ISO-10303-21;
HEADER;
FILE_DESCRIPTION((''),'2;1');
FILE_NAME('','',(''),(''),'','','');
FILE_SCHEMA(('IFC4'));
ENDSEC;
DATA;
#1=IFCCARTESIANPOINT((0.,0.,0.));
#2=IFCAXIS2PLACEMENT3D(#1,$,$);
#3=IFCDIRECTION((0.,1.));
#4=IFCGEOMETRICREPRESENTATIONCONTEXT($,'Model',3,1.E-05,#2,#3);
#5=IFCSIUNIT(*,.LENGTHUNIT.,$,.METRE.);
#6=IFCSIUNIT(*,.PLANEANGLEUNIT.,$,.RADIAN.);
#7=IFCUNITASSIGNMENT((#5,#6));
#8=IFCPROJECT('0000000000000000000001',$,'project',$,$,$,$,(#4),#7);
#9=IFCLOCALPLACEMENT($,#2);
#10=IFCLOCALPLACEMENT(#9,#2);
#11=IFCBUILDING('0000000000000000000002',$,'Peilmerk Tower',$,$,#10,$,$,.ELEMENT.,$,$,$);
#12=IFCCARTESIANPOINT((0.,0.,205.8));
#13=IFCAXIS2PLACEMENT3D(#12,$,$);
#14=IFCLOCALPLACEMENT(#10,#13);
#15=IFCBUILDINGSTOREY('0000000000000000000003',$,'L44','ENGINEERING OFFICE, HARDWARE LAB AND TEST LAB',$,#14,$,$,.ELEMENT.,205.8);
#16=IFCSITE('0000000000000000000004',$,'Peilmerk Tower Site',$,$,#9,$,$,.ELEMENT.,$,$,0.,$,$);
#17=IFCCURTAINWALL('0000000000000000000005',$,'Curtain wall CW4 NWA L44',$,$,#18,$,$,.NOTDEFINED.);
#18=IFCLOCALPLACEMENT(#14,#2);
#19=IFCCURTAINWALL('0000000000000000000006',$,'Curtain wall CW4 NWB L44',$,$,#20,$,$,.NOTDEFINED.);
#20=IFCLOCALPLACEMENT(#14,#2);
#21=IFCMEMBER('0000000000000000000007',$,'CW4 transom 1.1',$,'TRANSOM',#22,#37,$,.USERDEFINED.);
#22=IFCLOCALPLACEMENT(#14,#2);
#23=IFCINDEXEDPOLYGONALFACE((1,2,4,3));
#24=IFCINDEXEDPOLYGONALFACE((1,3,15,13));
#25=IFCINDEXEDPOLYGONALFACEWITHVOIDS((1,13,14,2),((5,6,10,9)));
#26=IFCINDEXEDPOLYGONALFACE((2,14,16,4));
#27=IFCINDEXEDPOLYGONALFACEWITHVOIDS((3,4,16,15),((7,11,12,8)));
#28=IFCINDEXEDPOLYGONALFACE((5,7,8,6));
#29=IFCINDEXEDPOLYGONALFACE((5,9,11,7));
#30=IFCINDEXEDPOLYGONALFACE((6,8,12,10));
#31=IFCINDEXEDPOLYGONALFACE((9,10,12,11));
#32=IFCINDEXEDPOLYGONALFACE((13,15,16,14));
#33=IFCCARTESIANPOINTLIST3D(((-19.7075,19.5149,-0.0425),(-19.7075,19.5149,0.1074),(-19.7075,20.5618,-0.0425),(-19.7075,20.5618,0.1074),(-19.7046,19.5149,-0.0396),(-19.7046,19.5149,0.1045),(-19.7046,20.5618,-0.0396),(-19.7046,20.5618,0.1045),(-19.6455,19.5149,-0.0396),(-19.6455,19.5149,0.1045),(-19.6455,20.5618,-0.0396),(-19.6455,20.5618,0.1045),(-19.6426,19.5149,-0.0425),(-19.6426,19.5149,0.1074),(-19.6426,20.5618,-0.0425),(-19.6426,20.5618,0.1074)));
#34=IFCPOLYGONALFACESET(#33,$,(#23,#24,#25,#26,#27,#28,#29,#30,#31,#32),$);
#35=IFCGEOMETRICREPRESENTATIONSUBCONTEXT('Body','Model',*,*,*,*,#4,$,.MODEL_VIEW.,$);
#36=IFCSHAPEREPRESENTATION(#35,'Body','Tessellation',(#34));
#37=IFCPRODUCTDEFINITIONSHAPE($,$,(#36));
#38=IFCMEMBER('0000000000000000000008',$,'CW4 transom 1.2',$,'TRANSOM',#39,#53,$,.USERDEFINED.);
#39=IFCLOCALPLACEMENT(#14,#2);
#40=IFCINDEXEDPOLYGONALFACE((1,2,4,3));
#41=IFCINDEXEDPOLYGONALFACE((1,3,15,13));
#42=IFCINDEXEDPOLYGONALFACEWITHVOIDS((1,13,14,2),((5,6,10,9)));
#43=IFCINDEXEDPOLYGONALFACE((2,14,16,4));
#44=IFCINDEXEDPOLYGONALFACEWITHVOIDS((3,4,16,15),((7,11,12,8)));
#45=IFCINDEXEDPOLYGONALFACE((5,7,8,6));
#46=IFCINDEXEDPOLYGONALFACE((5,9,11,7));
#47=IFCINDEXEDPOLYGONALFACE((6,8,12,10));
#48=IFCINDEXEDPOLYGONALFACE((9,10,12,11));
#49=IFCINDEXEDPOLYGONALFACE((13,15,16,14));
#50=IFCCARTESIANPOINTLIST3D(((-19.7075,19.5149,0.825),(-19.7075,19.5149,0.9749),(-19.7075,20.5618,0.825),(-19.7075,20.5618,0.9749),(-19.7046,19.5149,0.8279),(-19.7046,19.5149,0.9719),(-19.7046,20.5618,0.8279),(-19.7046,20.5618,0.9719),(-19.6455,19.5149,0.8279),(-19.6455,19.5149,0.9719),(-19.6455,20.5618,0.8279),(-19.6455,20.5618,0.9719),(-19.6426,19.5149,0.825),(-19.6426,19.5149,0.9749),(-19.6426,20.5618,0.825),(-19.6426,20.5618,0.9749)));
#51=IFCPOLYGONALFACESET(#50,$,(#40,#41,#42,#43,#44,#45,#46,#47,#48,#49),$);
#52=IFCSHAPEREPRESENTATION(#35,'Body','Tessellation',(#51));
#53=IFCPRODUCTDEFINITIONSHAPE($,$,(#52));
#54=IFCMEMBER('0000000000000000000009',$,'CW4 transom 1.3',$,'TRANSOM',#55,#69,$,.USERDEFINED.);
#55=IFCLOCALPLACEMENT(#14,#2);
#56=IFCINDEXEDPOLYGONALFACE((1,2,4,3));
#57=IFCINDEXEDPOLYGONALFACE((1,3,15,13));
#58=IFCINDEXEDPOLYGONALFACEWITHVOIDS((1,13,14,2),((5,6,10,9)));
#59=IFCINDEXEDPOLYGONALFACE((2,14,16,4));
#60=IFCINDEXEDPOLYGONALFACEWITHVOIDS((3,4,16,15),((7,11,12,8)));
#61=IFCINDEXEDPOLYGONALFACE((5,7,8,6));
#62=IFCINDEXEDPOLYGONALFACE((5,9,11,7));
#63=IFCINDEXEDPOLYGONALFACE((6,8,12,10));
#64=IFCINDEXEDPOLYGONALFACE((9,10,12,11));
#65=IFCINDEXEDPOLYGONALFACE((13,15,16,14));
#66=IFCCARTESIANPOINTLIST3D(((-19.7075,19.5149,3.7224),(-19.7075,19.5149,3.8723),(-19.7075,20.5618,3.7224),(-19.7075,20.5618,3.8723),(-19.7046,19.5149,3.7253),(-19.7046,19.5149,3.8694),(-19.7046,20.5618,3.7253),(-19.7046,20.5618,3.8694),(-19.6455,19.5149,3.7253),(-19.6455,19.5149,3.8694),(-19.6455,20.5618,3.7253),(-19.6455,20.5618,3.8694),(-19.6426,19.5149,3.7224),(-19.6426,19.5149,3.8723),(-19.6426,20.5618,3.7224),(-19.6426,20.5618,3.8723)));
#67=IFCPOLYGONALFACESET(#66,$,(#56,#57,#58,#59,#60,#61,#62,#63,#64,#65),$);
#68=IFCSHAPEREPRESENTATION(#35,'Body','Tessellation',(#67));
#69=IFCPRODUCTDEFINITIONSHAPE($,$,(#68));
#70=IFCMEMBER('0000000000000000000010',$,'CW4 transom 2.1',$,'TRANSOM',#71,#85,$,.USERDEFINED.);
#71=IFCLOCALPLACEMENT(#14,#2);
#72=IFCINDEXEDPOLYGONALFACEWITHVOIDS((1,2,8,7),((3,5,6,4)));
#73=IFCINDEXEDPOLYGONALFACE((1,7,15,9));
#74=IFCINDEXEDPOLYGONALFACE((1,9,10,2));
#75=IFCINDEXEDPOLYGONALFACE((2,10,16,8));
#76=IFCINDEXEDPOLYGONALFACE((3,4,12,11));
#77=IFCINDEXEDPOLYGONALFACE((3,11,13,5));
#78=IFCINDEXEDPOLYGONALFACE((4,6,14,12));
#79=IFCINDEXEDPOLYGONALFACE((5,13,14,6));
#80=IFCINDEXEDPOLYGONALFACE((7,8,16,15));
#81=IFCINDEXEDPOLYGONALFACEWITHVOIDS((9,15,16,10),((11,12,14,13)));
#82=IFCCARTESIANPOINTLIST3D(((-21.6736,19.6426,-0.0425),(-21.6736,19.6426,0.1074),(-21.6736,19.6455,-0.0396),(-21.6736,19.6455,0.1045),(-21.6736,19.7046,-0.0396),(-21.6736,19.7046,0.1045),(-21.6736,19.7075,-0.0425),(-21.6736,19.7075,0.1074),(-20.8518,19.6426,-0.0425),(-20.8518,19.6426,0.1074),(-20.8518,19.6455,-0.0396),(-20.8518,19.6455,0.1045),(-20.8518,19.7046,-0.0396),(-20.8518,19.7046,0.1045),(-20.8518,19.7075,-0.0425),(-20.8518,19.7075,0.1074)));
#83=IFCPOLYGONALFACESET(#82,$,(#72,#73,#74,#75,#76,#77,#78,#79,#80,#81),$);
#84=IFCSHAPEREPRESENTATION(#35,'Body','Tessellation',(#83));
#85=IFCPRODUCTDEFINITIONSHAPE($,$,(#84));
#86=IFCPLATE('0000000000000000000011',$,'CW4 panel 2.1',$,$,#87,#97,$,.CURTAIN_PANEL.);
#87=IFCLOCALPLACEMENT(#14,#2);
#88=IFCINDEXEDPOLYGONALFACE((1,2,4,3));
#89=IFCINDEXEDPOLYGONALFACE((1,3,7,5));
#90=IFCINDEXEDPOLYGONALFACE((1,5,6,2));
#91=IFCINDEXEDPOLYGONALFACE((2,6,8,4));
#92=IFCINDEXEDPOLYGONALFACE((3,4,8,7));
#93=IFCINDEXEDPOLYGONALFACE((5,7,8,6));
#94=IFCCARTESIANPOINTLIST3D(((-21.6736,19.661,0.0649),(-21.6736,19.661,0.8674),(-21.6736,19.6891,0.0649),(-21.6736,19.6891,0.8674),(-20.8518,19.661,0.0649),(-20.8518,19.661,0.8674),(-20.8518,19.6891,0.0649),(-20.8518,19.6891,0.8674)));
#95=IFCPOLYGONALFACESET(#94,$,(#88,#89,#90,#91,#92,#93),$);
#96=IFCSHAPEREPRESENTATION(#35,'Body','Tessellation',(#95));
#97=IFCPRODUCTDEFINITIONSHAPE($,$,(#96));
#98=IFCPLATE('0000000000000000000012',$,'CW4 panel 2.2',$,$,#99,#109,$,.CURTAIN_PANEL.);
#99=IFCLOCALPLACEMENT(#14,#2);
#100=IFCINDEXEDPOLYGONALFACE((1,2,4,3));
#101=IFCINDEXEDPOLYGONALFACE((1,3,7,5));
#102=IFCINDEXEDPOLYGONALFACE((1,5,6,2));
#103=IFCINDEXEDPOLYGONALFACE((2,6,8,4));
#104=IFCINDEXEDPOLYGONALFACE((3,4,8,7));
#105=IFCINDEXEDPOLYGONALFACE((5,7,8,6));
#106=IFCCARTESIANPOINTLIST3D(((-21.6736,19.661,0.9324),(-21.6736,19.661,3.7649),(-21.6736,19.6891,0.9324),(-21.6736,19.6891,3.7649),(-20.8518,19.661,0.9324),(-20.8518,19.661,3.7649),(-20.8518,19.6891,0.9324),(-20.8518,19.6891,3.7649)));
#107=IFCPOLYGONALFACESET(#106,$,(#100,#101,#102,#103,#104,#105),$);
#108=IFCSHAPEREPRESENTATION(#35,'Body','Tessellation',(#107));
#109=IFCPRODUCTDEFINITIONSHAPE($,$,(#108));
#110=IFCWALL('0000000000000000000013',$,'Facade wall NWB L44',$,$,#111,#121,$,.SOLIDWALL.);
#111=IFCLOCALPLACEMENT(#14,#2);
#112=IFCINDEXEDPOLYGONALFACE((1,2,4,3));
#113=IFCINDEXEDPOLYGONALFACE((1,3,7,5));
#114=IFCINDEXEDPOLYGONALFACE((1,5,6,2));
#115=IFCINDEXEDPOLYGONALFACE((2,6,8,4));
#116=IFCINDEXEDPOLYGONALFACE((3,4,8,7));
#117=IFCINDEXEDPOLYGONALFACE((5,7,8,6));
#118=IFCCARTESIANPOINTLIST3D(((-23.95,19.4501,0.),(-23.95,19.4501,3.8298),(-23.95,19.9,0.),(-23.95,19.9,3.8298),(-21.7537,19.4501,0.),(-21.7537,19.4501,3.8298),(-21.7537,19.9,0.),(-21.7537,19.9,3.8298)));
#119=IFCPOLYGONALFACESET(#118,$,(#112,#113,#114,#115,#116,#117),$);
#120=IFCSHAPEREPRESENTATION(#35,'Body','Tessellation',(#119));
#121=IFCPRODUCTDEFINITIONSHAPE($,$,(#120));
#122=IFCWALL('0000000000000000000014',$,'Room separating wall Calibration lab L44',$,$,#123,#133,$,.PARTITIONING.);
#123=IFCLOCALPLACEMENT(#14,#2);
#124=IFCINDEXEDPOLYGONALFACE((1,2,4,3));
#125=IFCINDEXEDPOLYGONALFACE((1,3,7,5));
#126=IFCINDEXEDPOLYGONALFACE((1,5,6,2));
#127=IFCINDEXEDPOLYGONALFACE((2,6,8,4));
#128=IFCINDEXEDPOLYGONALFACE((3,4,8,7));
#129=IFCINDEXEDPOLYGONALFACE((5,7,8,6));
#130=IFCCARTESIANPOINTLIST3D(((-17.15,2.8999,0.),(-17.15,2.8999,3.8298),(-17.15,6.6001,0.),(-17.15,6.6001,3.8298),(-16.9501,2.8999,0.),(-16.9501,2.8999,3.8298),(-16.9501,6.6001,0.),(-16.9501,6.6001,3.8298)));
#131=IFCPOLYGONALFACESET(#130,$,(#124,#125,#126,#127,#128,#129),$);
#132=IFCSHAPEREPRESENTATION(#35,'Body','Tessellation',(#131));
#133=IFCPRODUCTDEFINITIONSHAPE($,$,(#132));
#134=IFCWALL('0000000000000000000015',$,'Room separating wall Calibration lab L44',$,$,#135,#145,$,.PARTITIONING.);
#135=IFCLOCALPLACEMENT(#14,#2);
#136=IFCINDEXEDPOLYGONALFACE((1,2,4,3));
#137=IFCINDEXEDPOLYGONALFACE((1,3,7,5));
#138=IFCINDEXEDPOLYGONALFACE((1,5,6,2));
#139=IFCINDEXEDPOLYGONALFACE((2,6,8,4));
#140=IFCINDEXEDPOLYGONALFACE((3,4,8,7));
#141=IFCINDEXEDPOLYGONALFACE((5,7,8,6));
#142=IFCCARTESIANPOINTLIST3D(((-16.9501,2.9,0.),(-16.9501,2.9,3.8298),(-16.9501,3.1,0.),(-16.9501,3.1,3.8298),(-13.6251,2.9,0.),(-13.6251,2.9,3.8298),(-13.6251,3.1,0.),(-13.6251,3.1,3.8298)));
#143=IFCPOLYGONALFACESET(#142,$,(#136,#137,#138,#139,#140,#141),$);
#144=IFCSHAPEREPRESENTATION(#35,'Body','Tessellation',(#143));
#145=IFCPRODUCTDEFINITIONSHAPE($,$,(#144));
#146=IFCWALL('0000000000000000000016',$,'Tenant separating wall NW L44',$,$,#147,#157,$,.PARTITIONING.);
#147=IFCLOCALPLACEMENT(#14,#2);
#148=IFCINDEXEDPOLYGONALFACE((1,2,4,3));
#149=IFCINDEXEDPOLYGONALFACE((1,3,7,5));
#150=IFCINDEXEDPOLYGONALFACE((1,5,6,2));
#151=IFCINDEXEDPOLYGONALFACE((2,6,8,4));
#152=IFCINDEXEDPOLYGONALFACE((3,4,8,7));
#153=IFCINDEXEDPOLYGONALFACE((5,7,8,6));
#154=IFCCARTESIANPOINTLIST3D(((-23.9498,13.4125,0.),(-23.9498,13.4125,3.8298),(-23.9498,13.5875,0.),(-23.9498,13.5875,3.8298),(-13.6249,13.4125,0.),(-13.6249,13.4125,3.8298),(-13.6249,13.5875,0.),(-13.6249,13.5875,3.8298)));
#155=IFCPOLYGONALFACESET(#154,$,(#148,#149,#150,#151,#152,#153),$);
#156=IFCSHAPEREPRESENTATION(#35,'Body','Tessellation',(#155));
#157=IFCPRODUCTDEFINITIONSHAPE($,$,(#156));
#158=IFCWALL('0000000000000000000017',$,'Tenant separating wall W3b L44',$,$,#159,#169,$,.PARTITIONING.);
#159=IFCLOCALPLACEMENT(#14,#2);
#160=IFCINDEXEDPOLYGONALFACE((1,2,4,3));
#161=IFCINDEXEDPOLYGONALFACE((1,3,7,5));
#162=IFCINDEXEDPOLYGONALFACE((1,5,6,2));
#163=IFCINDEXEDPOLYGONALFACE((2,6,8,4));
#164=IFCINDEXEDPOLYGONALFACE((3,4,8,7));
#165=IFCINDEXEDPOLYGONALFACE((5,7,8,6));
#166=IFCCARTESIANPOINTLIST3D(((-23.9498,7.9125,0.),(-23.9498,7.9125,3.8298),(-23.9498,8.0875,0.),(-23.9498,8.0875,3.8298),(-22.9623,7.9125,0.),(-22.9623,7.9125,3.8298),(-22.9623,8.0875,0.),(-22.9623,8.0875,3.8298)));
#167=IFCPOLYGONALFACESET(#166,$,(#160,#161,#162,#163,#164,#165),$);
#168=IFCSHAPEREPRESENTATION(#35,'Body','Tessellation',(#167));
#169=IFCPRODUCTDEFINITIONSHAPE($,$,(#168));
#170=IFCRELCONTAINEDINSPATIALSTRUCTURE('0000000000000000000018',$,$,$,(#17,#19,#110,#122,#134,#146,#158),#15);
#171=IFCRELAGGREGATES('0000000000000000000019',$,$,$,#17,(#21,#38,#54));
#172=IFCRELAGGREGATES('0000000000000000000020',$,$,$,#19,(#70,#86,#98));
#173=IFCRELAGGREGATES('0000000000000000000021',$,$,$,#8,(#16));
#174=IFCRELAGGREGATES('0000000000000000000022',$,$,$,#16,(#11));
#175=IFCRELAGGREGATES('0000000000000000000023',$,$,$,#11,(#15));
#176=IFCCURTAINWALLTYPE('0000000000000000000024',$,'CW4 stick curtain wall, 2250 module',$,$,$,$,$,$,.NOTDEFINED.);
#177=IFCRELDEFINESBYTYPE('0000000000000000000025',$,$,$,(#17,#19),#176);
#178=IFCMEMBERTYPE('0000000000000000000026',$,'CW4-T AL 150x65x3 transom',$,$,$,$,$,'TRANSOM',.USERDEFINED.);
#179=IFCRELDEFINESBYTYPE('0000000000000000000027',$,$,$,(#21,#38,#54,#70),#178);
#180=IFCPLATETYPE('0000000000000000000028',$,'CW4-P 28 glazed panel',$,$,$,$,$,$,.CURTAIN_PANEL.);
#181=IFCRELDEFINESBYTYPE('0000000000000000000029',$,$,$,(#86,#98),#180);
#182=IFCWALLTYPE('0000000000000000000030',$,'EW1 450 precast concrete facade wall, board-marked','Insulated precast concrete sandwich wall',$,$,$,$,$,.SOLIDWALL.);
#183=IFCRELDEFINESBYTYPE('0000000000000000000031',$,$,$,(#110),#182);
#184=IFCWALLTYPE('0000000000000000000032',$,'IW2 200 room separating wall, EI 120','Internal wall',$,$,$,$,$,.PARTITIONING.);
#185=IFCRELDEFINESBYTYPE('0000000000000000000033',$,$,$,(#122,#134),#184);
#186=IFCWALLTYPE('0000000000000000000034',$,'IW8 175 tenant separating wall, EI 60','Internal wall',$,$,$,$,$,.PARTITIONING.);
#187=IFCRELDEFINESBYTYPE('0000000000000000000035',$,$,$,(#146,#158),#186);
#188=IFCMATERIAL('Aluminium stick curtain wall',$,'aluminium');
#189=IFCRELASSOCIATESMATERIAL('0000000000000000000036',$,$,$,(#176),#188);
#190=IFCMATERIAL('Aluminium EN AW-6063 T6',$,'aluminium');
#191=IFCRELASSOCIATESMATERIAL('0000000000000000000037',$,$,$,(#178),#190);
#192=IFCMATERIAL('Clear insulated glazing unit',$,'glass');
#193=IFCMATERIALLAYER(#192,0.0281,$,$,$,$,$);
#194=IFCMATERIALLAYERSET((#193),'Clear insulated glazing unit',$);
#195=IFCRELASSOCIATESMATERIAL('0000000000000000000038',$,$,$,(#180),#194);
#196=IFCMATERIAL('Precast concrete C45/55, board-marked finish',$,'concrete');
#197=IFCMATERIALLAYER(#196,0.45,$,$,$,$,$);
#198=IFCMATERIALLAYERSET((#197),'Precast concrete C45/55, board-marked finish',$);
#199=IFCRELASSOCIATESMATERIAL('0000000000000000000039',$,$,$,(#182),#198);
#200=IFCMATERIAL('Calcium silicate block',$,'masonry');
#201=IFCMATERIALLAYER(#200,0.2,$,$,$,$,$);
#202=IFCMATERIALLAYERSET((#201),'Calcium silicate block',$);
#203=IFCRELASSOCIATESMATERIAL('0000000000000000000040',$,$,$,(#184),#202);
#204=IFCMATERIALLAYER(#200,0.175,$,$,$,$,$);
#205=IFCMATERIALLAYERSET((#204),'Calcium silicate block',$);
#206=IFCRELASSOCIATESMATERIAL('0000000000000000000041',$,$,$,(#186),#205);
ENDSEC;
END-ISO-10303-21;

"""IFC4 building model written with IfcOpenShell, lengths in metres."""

from ifc_helpers import new_model, si_unit, direction, frame, frame_2d, origin, origin_2d, place, context, subcontext, project, spatial, rectangle, hollow_rectangle, extrude, material, layer, layer_set, material_profile, profile_set, type_object, element, aggregate, save


model = new_model("IFC4")

# Units and contexts
model_context = context("Model", 3, precision=1e-05, world=origin(), true_north=direction((0.0, 1.0)))
body_context = subcontext(model_context, "Body", "Model", "MODEL_VIEW")
ifc_project = project(units=[si_unit("LENGTHUNIT", "METRE"), si_unit("PLANEANGLEUNIT", "RADIAN")], contexts=[model_context])

# Site, building, storey
site_placement = place(None, origin())
site = spatial("IfcSite", under=ifc_project, at=site_placement, Name="Peilmerk Tower Site", CompositionType="ELEMENT", RefElevation=0.0)
building_placement = place(site_placement, origin())
building = spatial("IfcBuilding", under=site, at=building_placement, Name="Peilmerk Tower", CompositionType="ELEMENT")
storey_placement = place(building_placement, frame((0.0, 0.0, 205.8)))
storey = spatial("IfcBuildingStorey", under=building, at=storey_placement, Name="L44", Description="ENGINEERING OFFICE, HARDWARE LAB AND TEST LAB", CompositionType="ELEMENT", Elevation=205.8)

# Curtain walls
ifc_material_1 = material(Name="Aluminium stick curtain wall", Category="aluminium")
curtain_wall_type = type_object("IfcCurtainWallType", Name="CW4 stick curtain wall, 2250 module", PredefinedType="NOTDEFINED", material=ifc_material_1)
curtain_wall_1_placement = place(storey_placement, origin())
curtain_wall_1 = element("IfcCurtainWall", 1, at=curtain_wall_1_placement, inside=storey, type_object=curtain_wall_type, Name="Curtain wall CW4 NWA L44", PredefinedType="NOTDEFINED")
ifc_material_2 = material(Name="Aluminium EN AW-6063 T6", Category="aluminium")
curtain_wall_2_placement = place(storey_placement, origin())
curtain_wall_2 = element("IfcCurtainWall", 2, at=curtain_wall_2_placement, inside=storey, type_object=curtain_wall_type, Name="Curtain wall CW4 NWB L44", PredefinedType="NOTDEFINED")

# Members
ifc_material_profile_1 = material_profile(ifc_material_2, hollow_rectangle(XDim=0.0649, YDim=0.1499, WallThickness=0.0029, at=origin_2d()), Name="AL 150x65x3")
ifc_profile_set_1 = profile_set([ifc_material_profile_1], Name="Aluminium EN AW-6063 T6")
member_type_1 = type_object("IfcMemberType", Name="CW4-T AL 150x65x3 transom", ElementType="TRANSOM", PredefinedType="USERDEFINED", material=ifc_profile_set_1)
member_1_placement = place(storey_placement, frame((-19.675, 19.5149, 0.0325), z_axis=(0.0, 1.0, 0.0), x_axis=(-1.0, 0.0, 0.0)))
member_1 = element("IfcMember", 3, at=member_1_placement, type_object=member_type_1, Name="CW4 transom 1.1", ObjectType="TRANSOM", PredefinedType="USERDEFINED", context=body_context, shape_type="SweptSolid", body=[
    extrude(hollow_rectangle(XDim=0.0649, YDim=0.1499, WallThickness=0.0029, at=origin_2d()), origin(), (0.0, 0.0, 1.0), 1.0469),
])
member_2_placement = place(storey_placement, frame((-19.675, 19.5149, 0.8999), z_axis=(0.0, 1.0, 0.0), x_axis=(-1.0, 0.0, 0.0)))
member_2 = element("IfcMember", 4, at=member_2_placement, type_object=member_type_1, Name="CW4 transom 1.2", ObjectType="TRANSOM", PredefinedType="USERDEFINED", context=body_context, shape_type="SweptSolid", body=[
    extrude(hollow_rectangle(XDim=0.0649, YDim=0.1499, WallThickness=0.0029, at=origin_2d()), origin(), (0.0, 0.0, 1.0), 1.0469),
])
member_3_placement = place(storey_placement, frame((-19.675, 19.5149, 3.7974), z_axis=(0.0, 1.0, 0.0), x_axis=(-1.0, 0.0, 0.0)))
member_3 = element("IfcMember", 5, at=member_3_placement, type_object=member_type_1, Name="CW4 transom 1.3", ObjectType="TRANSOM", PredefinedType="USERDEFINED", context=body_context, shape_type="SweptSolid", body=[
    extrude(hollow_rectangle(XDim=0.0649, YDim=0.1499, WallThickness=0.0029, at=origin_2d()), origin(), (0.0, 0.0, 1.0), 1.0469),
])
aggregate(curtain_wall_1, [member_1, member_2, member_3])
member_4_placement = place(storey_placement, frame((-20.8518, 19.675, 0.0325), z_axis=(-1.0, 0.0, 0.0), x_axis=(0.0, -1.0, 0.0)))
member_4 = element("IfcMember", 6, at=member_4_placement, type_object=member_type_1, Name="CW4 transom 2.1", ObjectType="TRANSOM", PredefinedType="USERDEFINED", context=body_context, shape_type="SweptSolid", body=[
    extrude(hollow_rectangle(XDim=0.0649, YDim=0.1499, WallThickness=0.0029, at=origin_2d()), origin(), (0.0, 0.0, 1.0), 0.8218),
])

# Plates
ifc_material_3 = material(Name="Clear insulated glazing unit", Category="glass")
ifc_layer_1 = layer(ifc_material_3, 0.0281)
ifc_layer_set_1 = layer_set([ifc_layer_1], Name="Clear insulated glazing unit")
plate_type = type_object("IfcPlateType", Name="CW4-P 28 glazed panel", PredefinedType="CURTAIN_PANEL", material=ifc_layer_set_1)
plate_1_placement = place(storey_placement, frame((-21.2627, 19.675, 0.0649), z_axis=(0.0, 0.0, 1.0), x_axis=(-1.0, 0.0, 0.0)))
plate_1 = element("IfcPlate", 7, at=plate_1_placement, type_object=plate_type, Name="CW4 panel 2.1", PredefinedType="CURTAIN_PANEL", context=body_context, shape_type="SweptSolid", body=[
    extrude(rectangle(XDim=0.8218, YDim=0.0281, at=origin_2d()), origin(), (0.0, 0.0, 1.0), 0.8025),
])
plate_2_placement = place(storey_placement, frame((-21.2627, 19.675, 0.9324), z_axis=(0.0, 0.0, 1.0), x_axis=(-1.0, 0.0, 0.0)))
plate_2 = element("IfcPlate", 8, at=plate_2_placement, type_object=plate_type, Name="CW4 panel 2.2", PredefinedType="CURTAIN_PANEL", context=body_context, shape_type="SweptSolid", body=[
    extrude(rectangle(XDim=0.8218, YDim=0.0281, at=origin_2d()), origin(), (0.0, 0.0, 1.0), 2.8325),
])
aggregate(curtain_wall_2, [member_4, plate_1, plate_2])

# Walls
ifc_material_4 = material(Name="Precast concrete C45/55, board-marked finish", Category="concrete")
ifc_layer_2 = layer(ifc_material_4, 0.45)
ifc_layer_set_2 = layer_set([ifc_layer_2], Name="Precast concrete C45/55, board-marked finish")
wall_type_1 = type_object("IfcWallType", Name="EW1 450 precast concrete facade wall, board-marked", Description="Insulated precast concrete sandwich wall", PredefinedType="SOLIDWALL", material=ifc_layer_set_2)
wall_1_placement = place(storey_placement, frame((-21.7537, 19.675, 0.0), z_axis=(0.0, 0.0, 1.0), x_axis=(-1.0, 0.0, 0.0)))
element("IfcWall", 9, at=wall_1_placement, inside=storey, type_object=wall_type_1, Name="Facade wall NWB L44", PredefinedType="SOLIDWALL", context=body_context, shape_type="SweptSolid", body=[
    extrude(rectangle(XDim=2.1963, YDim=0.45, at=frame_2d((1.0981, 0.0))), origin(), (0.0, 0.0, 1.0), 3.8298),
])
ifc_material_5 = material(Name="Calcium silicate block", Category="masonry")
ifc_layer_3 = layer(ifc_material_5, 0.2)
ifc_layer_set_3 = layer_set([ifc_layer_3], Name="Calcium silicate block")
wall_type_2 = type_object("IfcWallType", Name="IW2 200 room separating wall, EI 120", Description="Internal wall", PredefinedType="PARTITIONING", material=ifc_layer_set_3)
wall_2_placement = place(storey_placement, frame((-17.05, 2.8999, 0.0), z_axis=(0.0, 0.0, 1.0), x_axis=(0.0, 1.0, 0.0)))
element("IfcWall", 10, at=wall_2_placement, inside=storey, type_object=wall_type_2, Name="Room separating wall Calibration lab L44", PredefinedType="PARTITIONING", context=body_context, shape_type="SweptSolid", body=[
    extrude(rectangle(XDim=3.7002, YDim=0.2, at=frame_2d((1.8501, 0.0))), origin(), (0.0, 0.0, 1.0), 3.8298),
])
wall_3_placement = place(storey_placement, frame((-13.625, 3.0, 0.0), z_axis=(0.0, 0.0, 1.0), x_axis=(-1.0, 0.0, 0.0)))
element("IfcWall", 11, at=wall_3_placement, inside=storey, type_object=wall_type_2, Name="Room separating wall Calibration lab L44", PredefinedType="PARTITIONING", context=body_context, shape_type="SweptSolid", body=[
    extrude(rectangle(XDim=3.325, YDim=0.2, at=frame_2d((1.6626, 0.0))), origin(), (0.0, 0.0, 1.0), 3.8298),
])
ifc_layer_4 = layer(ifc_material_5, 0.175)
ifc_layer_set_4 = layer_set([ifc_layer_4], Name="Calcium silicate block")
wall_type_3 = type_object("IfcWallType", Name="IW8 175 tenant separating wall, EI 60", Description="Internal wall", PredefinedType="PARTITIONING", material=ifc_layer_set_4)
wall_4_placement = place(storey_placement, frame((-23.95, 13.5, 0.0), z_axis=(0.0, 0.0, 1.0), x_axis=(1.0, 0.0, 0.0)))
element("IfcWall", 12, at=wall_4_placement, inside=storey, type_object=wall_type_3, Name="Tenant separating wall NW L44", PredefinedType="PARTITIONING", context=body_context, shape_type="SweptSolid", body=[
    extrude(rectangle(XDim=10.325, YDim=0.175, at=frame_2d((5.1626, 0.0))), origin(), (0.0, 0.0, 1.0), 3.8298),
])
wall_5_placement = place(storey_placement, frame((-22.9624, 8.0, 0.0), z_axis=(0.0, 0.0, 1.0), x_axis=(-1.0, 0.0, 0.0)))
element("IfcWall", 13, at=wall_5_placement, inside=storey, type_object=wall_type_3, Name="Tenant separating wall W3b L44", PredefinedType="PARTITIONING", context=body_context, shape_type="SweptSolid", body=[
    extrude(rectangle(XDim=0.9875, YDim=0.175, at=frame_2d((0.4937, 0.0))), origin(), (0.0, 0.0, 1.0), 3.8298),
])

save(model, "model.ifc")
